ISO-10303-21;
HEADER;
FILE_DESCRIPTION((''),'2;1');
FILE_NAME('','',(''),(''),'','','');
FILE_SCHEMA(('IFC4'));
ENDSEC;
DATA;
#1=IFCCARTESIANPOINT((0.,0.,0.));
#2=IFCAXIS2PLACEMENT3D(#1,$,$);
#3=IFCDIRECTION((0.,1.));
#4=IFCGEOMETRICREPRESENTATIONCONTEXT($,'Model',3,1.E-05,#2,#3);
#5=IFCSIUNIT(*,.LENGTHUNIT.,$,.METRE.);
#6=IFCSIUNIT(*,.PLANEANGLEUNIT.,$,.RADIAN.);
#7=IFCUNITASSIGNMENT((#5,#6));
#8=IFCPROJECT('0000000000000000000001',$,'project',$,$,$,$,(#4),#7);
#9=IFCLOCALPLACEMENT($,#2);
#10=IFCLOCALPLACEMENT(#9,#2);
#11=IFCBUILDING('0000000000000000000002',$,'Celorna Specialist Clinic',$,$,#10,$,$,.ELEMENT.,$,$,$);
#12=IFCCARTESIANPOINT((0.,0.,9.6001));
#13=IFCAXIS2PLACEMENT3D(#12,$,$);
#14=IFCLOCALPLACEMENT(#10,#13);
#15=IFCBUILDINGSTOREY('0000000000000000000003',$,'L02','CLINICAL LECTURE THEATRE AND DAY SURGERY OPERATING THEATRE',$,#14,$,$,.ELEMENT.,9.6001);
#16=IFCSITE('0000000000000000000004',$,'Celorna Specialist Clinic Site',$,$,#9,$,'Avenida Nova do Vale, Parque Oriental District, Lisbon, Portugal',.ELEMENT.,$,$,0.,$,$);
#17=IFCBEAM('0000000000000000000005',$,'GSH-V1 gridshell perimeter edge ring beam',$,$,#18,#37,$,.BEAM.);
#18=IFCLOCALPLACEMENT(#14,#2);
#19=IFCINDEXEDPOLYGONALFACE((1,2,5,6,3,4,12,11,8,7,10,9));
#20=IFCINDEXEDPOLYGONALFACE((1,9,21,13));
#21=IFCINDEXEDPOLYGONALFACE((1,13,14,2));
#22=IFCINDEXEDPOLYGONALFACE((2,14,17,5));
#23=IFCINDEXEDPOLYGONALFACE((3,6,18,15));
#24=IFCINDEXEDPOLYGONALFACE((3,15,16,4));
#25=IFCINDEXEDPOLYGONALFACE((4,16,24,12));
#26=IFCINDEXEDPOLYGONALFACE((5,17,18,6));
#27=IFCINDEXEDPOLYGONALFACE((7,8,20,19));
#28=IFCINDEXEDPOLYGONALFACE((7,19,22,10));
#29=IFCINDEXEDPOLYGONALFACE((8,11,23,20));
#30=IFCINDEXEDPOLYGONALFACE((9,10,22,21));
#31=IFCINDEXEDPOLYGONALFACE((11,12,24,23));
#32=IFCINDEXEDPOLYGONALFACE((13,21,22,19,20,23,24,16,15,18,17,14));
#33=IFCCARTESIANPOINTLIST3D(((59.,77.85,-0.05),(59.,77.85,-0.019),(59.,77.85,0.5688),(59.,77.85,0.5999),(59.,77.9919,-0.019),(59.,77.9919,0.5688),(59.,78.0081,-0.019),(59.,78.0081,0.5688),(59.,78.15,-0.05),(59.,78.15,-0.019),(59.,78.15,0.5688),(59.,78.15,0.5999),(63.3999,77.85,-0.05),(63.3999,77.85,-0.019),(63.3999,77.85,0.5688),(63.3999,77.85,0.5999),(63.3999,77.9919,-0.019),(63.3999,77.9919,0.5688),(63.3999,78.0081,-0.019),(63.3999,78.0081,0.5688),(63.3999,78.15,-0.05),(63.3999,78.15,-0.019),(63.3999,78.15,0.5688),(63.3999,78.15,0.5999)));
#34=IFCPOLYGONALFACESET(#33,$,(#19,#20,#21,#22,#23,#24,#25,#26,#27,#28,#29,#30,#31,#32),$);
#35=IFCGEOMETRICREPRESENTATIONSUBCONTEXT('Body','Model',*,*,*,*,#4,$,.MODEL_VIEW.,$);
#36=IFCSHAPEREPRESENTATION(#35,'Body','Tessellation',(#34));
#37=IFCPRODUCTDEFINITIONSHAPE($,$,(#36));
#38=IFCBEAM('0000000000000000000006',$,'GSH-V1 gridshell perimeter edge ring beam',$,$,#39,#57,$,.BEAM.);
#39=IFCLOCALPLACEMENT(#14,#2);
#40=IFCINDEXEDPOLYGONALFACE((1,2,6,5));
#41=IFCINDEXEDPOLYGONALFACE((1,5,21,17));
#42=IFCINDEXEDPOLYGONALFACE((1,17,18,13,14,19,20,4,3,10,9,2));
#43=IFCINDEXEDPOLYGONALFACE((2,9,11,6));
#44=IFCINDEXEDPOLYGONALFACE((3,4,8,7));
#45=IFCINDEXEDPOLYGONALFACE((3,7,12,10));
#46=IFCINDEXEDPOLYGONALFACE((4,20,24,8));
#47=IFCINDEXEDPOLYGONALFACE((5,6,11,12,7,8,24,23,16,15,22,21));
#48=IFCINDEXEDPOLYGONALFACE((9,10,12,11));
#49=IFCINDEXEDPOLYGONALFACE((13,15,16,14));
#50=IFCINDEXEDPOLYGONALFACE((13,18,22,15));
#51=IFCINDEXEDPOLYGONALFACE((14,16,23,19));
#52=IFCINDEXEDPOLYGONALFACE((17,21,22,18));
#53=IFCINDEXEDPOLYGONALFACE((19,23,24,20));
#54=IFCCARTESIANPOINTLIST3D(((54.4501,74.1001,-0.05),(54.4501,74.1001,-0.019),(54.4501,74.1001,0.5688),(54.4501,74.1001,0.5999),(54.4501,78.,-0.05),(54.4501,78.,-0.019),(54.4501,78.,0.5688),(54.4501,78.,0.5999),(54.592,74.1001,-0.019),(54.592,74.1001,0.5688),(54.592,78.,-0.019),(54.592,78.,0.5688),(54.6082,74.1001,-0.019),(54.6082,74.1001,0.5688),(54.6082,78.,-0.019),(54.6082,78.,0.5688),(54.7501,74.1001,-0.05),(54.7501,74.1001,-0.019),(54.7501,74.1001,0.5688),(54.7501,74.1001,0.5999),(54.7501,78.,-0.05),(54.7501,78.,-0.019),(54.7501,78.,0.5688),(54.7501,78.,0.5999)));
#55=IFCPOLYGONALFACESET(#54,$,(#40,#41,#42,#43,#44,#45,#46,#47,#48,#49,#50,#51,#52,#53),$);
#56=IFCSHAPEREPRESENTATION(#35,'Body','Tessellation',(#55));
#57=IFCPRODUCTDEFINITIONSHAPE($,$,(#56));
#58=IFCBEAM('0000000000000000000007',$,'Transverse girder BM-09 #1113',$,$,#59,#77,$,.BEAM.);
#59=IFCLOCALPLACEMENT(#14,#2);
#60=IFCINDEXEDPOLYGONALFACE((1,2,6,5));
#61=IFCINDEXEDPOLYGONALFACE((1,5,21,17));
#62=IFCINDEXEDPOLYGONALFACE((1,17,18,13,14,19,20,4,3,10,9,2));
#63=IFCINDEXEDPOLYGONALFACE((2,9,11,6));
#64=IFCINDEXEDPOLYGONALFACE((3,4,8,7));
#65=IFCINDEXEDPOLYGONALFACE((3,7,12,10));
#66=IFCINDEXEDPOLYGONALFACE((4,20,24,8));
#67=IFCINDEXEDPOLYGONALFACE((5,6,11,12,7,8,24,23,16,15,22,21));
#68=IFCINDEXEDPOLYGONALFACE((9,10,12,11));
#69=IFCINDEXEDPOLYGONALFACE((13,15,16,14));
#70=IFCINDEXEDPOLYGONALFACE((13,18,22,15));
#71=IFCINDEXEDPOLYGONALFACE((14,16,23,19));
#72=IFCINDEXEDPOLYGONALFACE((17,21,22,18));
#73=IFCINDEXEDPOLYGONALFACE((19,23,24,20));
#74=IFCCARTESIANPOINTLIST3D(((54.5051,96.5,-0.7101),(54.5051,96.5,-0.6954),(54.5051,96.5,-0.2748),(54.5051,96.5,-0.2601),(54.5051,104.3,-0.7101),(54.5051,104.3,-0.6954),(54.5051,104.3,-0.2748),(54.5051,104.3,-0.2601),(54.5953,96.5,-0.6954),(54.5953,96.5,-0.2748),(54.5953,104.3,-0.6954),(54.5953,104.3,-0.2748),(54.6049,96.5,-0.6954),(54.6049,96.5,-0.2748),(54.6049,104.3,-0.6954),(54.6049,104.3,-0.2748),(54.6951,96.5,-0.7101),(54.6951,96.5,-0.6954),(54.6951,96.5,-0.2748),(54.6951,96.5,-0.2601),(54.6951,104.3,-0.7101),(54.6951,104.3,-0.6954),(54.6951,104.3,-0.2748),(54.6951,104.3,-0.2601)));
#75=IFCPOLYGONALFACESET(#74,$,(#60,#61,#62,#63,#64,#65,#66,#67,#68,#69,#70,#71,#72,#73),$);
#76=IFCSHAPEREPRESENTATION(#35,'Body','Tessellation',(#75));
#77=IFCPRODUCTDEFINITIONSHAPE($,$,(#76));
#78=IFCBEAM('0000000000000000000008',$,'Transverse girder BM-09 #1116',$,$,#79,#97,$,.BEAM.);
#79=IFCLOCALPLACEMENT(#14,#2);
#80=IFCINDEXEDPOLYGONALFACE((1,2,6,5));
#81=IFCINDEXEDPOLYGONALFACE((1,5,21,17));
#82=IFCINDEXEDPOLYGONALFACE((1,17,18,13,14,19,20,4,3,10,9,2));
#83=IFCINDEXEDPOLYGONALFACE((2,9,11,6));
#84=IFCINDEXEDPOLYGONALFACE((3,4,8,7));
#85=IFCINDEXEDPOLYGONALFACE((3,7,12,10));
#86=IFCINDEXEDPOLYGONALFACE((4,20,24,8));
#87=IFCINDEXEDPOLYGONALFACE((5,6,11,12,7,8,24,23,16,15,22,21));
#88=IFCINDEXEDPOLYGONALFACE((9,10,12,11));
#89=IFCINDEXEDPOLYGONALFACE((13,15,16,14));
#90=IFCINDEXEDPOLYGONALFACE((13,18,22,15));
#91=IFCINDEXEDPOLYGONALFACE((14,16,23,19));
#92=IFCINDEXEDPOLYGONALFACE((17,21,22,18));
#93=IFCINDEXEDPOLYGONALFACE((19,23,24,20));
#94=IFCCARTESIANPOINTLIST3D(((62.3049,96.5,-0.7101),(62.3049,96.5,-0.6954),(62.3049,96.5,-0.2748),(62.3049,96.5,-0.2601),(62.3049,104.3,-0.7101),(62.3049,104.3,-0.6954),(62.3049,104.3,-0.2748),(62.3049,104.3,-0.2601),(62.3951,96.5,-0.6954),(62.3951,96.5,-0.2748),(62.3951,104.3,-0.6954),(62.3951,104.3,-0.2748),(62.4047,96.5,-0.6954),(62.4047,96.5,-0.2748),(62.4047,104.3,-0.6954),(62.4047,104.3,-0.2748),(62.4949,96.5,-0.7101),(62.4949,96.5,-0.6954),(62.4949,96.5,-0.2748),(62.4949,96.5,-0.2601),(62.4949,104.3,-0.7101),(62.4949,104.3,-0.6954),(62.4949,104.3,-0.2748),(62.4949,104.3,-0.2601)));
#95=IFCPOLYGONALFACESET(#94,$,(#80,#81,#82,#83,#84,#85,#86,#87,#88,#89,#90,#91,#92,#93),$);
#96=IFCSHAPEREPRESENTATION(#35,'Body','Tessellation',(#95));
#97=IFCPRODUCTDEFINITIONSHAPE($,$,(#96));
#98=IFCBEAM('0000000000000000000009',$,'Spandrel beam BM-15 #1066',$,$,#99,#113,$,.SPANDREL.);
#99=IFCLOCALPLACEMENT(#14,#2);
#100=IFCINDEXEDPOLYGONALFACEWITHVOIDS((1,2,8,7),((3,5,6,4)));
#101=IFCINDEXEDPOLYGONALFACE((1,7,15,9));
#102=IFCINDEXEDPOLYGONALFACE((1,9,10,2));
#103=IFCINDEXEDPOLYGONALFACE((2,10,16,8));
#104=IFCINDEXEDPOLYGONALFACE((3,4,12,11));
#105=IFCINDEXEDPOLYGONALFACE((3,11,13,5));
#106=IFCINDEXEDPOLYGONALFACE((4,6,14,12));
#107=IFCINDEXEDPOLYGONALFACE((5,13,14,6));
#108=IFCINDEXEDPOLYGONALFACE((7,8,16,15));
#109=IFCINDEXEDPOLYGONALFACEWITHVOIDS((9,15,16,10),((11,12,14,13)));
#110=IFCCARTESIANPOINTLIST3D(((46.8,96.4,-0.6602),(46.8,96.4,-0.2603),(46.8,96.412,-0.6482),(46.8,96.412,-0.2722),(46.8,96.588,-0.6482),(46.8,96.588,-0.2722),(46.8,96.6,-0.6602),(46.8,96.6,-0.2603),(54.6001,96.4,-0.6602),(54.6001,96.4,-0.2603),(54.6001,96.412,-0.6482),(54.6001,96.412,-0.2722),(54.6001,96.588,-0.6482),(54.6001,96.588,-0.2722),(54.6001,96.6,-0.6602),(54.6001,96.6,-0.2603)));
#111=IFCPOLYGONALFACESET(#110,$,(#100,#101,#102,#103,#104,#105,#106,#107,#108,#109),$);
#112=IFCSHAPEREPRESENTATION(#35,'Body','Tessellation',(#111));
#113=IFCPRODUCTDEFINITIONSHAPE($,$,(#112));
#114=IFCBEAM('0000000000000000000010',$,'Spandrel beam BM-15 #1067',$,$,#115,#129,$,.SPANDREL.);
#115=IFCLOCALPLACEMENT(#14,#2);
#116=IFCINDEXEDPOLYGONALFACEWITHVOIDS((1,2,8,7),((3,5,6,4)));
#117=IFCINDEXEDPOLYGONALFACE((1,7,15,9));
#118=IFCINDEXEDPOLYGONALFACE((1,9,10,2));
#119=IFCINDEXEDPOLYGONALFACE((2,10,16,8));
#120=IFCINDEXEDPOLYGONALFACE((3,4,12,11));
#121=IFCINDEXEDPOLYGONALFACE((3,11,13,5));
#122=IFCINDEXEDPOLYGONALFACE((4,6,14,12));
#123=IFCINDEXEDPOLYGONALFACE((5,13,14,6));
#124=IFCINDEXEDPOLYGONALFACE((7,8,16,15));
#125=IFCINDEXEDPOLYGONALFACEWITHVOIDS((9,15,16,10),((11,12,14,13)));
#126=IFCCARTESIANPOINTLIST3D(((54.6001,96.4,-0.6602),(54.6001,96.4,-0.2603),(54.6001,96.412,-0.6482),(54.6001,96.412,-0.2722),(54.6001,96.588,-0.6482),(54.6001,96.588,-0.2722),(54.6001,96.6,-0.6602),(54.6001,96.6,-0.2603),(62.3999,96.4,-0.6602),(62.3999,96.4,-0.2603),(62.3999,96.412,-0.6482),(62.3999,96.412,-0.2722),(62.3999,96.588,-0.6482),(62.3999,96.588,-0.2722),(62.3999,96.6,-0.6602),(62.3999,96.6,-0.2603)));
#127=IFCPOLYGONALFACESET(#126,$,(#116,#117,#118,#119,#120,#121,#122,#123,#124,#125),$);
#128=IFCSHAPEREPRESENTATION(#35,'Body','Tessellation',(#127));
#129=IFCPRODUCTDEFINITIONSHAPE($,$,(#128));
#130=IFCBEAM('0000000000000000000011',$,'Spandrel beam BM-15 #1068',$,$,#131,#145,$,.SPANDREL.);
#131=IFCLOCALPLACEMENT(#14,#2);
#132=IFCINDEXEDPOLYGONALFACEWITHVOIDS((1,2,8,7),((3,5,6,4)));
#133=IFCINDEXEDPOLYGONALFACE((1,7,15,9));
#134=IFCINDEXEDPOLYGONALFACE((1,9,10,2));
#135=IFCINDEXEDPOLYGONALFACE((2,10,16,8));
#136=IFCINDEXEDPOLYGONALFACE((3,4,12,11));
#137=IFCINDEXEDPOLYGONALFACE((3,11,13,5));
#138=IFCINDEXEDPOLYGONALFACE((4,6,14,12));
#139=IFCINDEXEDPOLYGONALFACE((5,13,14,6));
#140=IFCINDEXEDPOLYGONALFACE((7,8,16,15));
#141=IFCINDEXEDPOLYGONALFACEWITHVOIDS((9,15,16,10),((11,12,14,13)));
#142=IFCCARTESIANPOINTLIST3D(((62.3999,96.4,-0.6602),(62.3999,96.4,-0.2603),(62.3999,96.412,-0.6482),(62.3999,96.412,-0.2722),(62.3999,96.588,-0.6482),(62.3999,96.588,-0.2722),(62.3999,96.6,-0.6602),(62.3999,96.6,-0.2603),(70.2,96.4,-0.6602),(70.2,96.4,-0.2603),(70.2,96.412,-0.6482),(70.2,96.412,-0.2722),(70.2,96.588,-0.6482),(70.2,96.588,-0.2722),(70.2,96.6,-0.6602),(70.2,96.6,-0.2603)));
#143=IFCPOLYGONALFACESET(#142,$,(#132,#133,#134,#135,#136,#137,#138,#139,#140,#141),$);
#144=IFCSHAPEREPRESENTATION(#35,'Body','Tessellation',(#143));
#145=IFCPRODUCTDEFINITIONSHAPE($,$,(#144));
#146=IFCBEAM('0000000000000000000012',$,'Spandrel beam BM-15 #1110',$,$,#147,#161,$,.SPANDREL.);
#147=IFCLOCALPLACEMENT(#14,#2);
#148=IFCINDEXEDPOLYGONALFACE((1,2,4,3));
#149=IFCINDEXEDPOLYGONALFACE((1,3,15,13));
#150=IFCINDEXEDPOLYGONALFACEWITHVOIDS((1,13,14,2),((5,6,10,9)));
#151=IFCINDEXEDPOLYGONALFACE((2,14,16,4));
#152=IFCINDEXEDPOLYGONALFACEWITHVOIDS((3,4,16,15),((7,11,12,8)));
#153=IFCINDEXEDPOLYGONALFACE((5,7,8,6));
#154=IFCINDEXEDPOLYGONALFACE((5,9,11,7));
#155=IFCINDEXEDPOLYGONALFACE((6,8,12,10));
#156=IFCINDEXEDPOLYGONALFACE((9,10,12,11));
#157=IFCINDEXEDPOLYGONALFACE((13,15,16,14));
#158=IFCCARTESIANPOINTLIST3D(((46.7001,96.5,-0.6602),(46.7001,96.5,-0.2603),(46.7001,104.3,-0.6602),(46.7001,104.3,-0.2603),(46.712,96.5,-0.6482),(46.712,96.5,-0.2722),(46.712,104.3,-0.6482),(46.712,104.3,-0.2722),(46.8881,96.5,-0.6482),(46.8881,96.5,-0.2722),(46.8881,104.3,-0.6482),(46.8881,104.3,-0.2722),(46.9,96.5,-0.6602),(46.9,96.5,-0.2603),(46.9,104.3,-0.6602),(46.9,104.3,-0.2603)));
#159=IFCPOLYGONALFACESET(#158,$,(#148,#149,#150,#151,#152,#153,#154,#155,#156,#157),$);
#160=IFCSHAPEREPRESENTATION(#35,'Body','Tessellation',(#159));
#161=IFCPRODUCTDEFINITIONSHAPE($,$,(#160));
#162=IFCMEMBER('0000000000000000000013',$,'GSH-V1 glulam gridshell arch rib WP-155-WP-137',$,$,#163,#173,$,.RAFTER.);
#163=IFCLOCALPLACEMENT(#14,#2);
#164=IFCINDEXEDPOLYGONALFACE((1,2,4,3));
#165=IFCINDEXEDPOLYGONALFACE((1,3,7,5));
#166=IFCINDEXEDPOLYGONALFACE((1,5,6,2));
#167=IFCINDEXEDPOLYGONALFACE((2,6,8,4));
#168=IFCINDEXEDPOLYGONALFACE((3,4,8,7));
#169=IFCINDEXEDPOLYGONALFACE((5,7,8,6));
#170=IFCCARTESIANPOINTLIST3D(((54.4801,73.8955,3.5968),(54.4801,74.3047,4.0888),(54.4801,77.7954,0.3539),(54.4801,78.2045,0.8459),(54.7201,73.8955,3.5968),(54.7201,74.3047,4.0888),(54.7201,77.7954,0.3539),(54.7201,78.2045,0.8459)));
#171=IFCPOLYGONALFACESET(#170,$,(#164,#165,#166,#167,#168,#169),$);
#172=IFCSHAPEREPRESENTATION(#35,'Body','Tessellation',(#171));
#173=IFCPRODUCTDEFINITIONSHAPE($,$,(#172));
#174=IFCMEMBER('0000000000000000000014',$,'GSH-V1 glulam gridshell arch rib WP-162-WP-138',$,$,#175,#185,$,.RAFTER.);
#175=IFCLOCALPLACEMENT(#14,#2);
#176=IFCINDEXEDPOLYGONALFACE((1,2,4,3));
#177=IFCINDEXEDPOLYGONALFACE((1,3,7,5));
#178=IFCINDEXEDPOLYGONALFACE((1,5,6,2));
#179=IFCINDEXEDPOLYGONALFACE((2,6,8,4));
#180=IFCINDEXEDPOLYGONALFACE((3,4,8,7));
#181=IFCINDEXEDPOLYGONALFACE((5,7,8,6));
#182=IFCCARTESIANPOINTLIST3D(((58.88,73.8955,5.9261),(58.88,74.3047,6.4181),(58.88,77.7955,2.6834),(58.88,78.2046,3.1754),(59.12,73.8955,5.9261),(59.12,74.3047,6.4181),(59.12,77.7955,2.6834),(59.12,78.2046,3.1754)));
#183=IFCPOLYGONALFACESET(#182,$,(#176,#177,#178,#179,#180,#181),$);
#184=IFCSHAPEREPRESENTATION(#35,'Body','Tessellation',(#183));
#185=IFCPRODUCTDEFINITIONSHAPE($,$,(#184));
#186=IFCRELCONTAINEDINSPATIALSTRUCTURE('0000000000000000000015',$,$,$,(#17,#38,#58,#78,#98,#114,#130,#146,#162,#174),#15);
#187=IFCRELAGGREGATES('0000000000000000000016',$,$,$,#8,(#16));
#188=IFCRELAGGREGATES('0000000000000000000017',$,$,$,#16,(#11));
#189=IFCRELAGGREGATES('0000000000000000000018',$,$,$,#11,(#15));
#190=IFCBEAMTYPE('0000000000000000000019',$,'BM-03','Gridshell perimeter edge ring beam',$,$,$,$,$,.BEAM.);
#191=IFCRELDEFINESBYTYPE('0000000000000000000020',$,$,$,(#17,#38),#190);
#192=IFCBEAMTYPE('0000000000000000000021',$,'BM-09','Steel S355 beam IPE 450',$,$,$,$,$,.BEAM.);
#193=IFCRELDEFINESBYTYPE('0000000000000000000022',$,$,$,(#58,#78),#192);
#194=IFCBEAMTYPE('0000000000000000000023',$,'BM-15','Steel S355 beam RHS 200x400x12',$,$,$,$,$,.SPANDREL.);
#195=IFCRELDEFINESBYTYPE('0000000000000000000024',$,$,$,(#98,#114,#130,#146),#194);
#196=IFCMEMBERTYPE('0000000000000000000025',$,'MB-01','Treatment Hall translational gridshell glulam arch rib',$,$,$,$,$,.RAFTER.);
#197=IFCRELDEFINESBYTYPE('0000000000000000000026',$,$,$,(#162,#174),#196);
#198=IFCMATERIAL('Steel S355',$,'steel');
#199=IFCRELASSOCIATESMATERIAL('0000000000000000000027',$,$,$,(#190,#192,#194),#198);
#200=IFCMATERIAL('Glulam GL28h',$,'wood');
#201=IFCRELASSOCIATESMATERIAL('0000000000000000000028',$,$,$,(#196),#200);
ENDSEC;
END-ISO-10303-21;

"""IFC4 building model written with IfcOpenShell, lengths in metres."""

from ifc_helpers import new_model, si_unit, direction, frame, origin, origin_2d, place, context, subcontext, project, spatial, rectangle, hollow_rectangle, i_section, extrude, material, material_profile, profile_set, type_object, element, save


model = new_model("IFC4")

# Units and contexts
model_context = context("Model", 3, precision=1e-05, world=origin(), true_north=direction((0.0, 1.0)))
body_context = subcontext(model_context, "Body", "Model", "MODEL_VIEW")
ifc_project = project(units=[si_unit("LENGTHUNIT", "METRE"), si_unit("PLANEANGLEUNIT", "RADIAN")], contexts=[model_context])

# Site, building, storey
site_placement = place(None, origin())
site = spatial("IfcSite", under=ifc_project, at=site_placement, Name="Celorna Specialist Clinic Site", LongName="Avenida Nova do Vale, Parque Oriental District, Lisbon, Portugal", CompositionType="ELEMENT", RefElevation=0.0)
building_placement = place(site_placement, origin())
building = spatial("IfcBuilding", under=site, at=building_placement, Name="Celorna Specialist Clinic", CompositionType="ELEMENT")
storey_placement = place(building_placement, frame((0.0, 0.0, 9.6001)))
storey = spatial("IfcBuildingStorey", under=building, at=storey_placement, Name="L02", Description="CLINICAL LECTURE THEATRE AND DAY SURGERY OPERATING THEATRE", CompositionType="ELEMENT", Elevation=9.6001)

# Shared definitions
ifc_material_1 = material(Name="Steel S355", Category="steel")

# Beams
ifc_material_profile_1 = material_profile(ifc_material_1, i_section(OverallWidth=0.3, OverallDepth=0.6499, WebThickness=0.0161, FlangeThickness=0.031, at=origin_2d()), Name="HE 650 B")
ifc_profile_set_1 = profile_set([ifc_material_profile_1], Name="Steel S355")
beam_type_1 = type_object("IfcBeamType", Name="BM-03", Description="Gridshell perimeter edge ring beam", PredefinedType="BEAM", material=ifc_profile_set_1)
for number, where, z_axis, x_axis, name in (
    (1, (59.0, 78.0, 0.2749), (1.0, 0.0, 0.0), (0.0, 1.0, 0.0), "GSH-V1 gridshell perimeter edge ring beam"),
):
    element("IfcBeam", number, at=place(storey_placement, frame(where, z_axis=z_axis, x_axis=x_axis)), inside=storey, type_object=beam_type_1, Name=name, PredefinedType="BEAM", context=body_context, shape_type="SweptSolid", body=[
        extrude(i_section(OverallWidth=0.3, OverallDepth=0.6499, WebThickness=0.0161, FlangeThickness=0.031, at=origin_2d()), origin(), (0.0, 0.0, 1.0), 4.3999),
    ])
beam_1_placement = place(storey_placement, frame((54.6001, 74.1001, 0.2749), z_axis=(0.0, 1.0, 0.0), x_axis=(-1.0, 0.0, 0.0)))
element("IfcBeam", 2, at=beam_1_placement, inside=storey, type_object=beam_type_1, Name="GSH-V1 gridshell perimeter edge ring beam", PredefinedType="BEAM", context=body_context, shape_type="SweptSolid", body=[
    extrude(i_section(OverallWidth=0.3, OverallDepth=0.6499, WebThickness=0.0161, FlangeThickness=0.031, at=origin_2d()), origin(), (0.0, 0.0, 1.0), 3.8999),
])
ifc_material_profile_2 = material_profile(ifc_material_1, i_section(OverallWidth=0.1899, OverallDepth=0.45, WebThickness=0.0095, FlangeThickness=0.0146, at=origin_2d()), Name="IPE 450")
ifc_profile_set_2 = profile_set([ifc_material_profile_2], Name="Steel S355")
beam_type_2 = type_object("IfcBeamType", Name="BM-09", Description="Steel S355 beam IPE 450", PredefinedType="BEAM", material=ifc_profile_set_2)
for number, where, z_axis, x_axis, name in (
    (3, (54.6001, 96.5, -0.4851), (0.0, 1.0, 0.0), (-1.0, 0.0, 0.0), "Transverse girder BM-09 #1113"),
    (4, (62.3999, 96.5, -0.4851), (0.0, 1.0, 0.0), (-1.0, 0.0, 0.0), "Transverse girder BM-09 #1116"),
):
    element("IfcBeam", number, at=place(storey_placement, frame(where, z_axis=z_axis, x_axis=x_axis)), inside=storey, type_object=beam_type_2, Name=name, PredefinedType="BEAM", context=body_context, shape_type="SweptSolid", body=[
        extrude(i_section(OverallWidth=0.1899, OverallDepth=0.45, WebThickness=0.0095, FlangeThickness=0.0146, at=origin_2d()), origin(), (0.0, 0.0, 1.0), 7.8),
    ])
ifc_material_profile_3 = material_profile(ifc_material_1, hollow_rectangle(XDim=0.2, YDim=0.3999, WallThickness=0.012, at=origin_2d()), Name="RHS 200x400x12")
ifc_profile_set_3 = profile_set([ifc_material_profile_3], Name="Steel S355")
beam_type_3 = type_object("IfcBeamType", Name="BM-15", Description="Steel S355 beam RHS 200x400x12", PredefinedType="SPANDREL", material=ifc_profile_set_3)
beam_2_placement = place(storey_placement, frame((46.8, 96.5, -0.4602), z_axis=(1.0, 0.0, 0.0), x_axis=(0.0, 1.0, 0.0)))
element("IfcBeam", 5, at=beam_2_placement, inside=storey, type_object=beam_type_3, Name="Spandrel beam BM-15 #1066", PredefinedType="SPANDREL", context=body_context, shape_type="SweptSolid", body=[
    extrude(hollow_rectangle(XDim=0.2, YDim=0.3999, WallThickness=0.012, at=origin_2d()), origin(), (0.0, 0.0, 1.0), 7.8),
])
beam_3_placement = place(storey_placement, frame((54.6001, 96.5, -0.4602), z_axis=(1.0, 0.0, 0.0), x_axis=(0.0, 1.0, 0.0)))
element("IfcBeam", 6, at=beam_3_placement, inside=storey, type_object=beam_type_3, Name="Spandrel beam BM-15 #1067", PredefinedType="SPANDREL", context=body_context, shape_type="SweptSolid", body=[
    extrude(hollow_rectangle(XDim=0.2, YDim=0.3999, WallThickness=0.012, at=origin_2d()), origin(), (0.0, 0.0, 1.0), 7.7998),
])
for number, where, z_axis, x_axis, name in (
    (7, (62.3999, 96.5, -0.4602), (1.0, 0.0, 0.0), (0.0, 1.0, 0.0), "Spandrel beam BM-15 #1068"),
    (8, (46.8, 96.5, -0.4602), (0.0, 1.0, 0.0), (-1.0, 0.0, 0.0), "Spandrel beam BM-15 #1110"),
):
    element("IfcBeam", number, at=place(storey_placement, frame(where, z_axis=z_axis, x_axis=x_axis)), inside=storey, type_object=beam_type_3, Name=name, PredefinedType="SPANDREL", context=body_context, shape_type="SweptSolid", body=[
        extrude(hollow_rectangle(XDim=0.2, YDim=0.3999, WallThickness=0.012, at=origin_2d()), origin(), (0.0, 0.0, 1.0), 7.8),
    ])

# Members
ifc_material_2 = material(Name="Glulam GL28h", Category="wood")
ifc_material_profile_4 = material_profile(ifc_material_2, rectangle(XDim=0.24, YDim=0.6399, at=origin_2d()), Name="GL28h 240x640")
ifc_profile_set_4 = profile_set([ifc_material_profile_4], Name="Glulam GL28h")
member_type_1 = type_object("IfcMemberType", Name="MB-01", Description="Treatment Hall translational gridshell glulam arch rib", PredefinedType="RAFTER", material=ifc_profile_set_4)
for number, where, z_axis, x_axis, name in (
    (9, (54.6001, 74.1001, 3.8428), (0.0, 0.768899, -0.63937), (-1.0, 0.0, 0.0), "GSH-V1 glulam gridshell arch rib WP-155-WP-137"),
    (10, (59.0, 74.1001, 6.1721), (0.0, 0.768923, -0.639341), (-1.0, 0.0, 0.0), "GSH-V1 glulam gridshell arch rib WP-162-WP-138"),
):
    element("IfcMember", number, at=place(storey_placement, frame(where, z_axis=z_axis, x_axis=x_axis)), inside=storey, type_object=member_type_1, Name=name, PredefinedType="RAFTER", context=body_context, shape_type="SweptSolid", body=[
        extrude(rectangle(XDim=0.24, YDim=0.6399, at=origin_2d()), origin(), (0.0, 0.0, 1.0), 5.072),
    ])

save(model, "model.ifc")
